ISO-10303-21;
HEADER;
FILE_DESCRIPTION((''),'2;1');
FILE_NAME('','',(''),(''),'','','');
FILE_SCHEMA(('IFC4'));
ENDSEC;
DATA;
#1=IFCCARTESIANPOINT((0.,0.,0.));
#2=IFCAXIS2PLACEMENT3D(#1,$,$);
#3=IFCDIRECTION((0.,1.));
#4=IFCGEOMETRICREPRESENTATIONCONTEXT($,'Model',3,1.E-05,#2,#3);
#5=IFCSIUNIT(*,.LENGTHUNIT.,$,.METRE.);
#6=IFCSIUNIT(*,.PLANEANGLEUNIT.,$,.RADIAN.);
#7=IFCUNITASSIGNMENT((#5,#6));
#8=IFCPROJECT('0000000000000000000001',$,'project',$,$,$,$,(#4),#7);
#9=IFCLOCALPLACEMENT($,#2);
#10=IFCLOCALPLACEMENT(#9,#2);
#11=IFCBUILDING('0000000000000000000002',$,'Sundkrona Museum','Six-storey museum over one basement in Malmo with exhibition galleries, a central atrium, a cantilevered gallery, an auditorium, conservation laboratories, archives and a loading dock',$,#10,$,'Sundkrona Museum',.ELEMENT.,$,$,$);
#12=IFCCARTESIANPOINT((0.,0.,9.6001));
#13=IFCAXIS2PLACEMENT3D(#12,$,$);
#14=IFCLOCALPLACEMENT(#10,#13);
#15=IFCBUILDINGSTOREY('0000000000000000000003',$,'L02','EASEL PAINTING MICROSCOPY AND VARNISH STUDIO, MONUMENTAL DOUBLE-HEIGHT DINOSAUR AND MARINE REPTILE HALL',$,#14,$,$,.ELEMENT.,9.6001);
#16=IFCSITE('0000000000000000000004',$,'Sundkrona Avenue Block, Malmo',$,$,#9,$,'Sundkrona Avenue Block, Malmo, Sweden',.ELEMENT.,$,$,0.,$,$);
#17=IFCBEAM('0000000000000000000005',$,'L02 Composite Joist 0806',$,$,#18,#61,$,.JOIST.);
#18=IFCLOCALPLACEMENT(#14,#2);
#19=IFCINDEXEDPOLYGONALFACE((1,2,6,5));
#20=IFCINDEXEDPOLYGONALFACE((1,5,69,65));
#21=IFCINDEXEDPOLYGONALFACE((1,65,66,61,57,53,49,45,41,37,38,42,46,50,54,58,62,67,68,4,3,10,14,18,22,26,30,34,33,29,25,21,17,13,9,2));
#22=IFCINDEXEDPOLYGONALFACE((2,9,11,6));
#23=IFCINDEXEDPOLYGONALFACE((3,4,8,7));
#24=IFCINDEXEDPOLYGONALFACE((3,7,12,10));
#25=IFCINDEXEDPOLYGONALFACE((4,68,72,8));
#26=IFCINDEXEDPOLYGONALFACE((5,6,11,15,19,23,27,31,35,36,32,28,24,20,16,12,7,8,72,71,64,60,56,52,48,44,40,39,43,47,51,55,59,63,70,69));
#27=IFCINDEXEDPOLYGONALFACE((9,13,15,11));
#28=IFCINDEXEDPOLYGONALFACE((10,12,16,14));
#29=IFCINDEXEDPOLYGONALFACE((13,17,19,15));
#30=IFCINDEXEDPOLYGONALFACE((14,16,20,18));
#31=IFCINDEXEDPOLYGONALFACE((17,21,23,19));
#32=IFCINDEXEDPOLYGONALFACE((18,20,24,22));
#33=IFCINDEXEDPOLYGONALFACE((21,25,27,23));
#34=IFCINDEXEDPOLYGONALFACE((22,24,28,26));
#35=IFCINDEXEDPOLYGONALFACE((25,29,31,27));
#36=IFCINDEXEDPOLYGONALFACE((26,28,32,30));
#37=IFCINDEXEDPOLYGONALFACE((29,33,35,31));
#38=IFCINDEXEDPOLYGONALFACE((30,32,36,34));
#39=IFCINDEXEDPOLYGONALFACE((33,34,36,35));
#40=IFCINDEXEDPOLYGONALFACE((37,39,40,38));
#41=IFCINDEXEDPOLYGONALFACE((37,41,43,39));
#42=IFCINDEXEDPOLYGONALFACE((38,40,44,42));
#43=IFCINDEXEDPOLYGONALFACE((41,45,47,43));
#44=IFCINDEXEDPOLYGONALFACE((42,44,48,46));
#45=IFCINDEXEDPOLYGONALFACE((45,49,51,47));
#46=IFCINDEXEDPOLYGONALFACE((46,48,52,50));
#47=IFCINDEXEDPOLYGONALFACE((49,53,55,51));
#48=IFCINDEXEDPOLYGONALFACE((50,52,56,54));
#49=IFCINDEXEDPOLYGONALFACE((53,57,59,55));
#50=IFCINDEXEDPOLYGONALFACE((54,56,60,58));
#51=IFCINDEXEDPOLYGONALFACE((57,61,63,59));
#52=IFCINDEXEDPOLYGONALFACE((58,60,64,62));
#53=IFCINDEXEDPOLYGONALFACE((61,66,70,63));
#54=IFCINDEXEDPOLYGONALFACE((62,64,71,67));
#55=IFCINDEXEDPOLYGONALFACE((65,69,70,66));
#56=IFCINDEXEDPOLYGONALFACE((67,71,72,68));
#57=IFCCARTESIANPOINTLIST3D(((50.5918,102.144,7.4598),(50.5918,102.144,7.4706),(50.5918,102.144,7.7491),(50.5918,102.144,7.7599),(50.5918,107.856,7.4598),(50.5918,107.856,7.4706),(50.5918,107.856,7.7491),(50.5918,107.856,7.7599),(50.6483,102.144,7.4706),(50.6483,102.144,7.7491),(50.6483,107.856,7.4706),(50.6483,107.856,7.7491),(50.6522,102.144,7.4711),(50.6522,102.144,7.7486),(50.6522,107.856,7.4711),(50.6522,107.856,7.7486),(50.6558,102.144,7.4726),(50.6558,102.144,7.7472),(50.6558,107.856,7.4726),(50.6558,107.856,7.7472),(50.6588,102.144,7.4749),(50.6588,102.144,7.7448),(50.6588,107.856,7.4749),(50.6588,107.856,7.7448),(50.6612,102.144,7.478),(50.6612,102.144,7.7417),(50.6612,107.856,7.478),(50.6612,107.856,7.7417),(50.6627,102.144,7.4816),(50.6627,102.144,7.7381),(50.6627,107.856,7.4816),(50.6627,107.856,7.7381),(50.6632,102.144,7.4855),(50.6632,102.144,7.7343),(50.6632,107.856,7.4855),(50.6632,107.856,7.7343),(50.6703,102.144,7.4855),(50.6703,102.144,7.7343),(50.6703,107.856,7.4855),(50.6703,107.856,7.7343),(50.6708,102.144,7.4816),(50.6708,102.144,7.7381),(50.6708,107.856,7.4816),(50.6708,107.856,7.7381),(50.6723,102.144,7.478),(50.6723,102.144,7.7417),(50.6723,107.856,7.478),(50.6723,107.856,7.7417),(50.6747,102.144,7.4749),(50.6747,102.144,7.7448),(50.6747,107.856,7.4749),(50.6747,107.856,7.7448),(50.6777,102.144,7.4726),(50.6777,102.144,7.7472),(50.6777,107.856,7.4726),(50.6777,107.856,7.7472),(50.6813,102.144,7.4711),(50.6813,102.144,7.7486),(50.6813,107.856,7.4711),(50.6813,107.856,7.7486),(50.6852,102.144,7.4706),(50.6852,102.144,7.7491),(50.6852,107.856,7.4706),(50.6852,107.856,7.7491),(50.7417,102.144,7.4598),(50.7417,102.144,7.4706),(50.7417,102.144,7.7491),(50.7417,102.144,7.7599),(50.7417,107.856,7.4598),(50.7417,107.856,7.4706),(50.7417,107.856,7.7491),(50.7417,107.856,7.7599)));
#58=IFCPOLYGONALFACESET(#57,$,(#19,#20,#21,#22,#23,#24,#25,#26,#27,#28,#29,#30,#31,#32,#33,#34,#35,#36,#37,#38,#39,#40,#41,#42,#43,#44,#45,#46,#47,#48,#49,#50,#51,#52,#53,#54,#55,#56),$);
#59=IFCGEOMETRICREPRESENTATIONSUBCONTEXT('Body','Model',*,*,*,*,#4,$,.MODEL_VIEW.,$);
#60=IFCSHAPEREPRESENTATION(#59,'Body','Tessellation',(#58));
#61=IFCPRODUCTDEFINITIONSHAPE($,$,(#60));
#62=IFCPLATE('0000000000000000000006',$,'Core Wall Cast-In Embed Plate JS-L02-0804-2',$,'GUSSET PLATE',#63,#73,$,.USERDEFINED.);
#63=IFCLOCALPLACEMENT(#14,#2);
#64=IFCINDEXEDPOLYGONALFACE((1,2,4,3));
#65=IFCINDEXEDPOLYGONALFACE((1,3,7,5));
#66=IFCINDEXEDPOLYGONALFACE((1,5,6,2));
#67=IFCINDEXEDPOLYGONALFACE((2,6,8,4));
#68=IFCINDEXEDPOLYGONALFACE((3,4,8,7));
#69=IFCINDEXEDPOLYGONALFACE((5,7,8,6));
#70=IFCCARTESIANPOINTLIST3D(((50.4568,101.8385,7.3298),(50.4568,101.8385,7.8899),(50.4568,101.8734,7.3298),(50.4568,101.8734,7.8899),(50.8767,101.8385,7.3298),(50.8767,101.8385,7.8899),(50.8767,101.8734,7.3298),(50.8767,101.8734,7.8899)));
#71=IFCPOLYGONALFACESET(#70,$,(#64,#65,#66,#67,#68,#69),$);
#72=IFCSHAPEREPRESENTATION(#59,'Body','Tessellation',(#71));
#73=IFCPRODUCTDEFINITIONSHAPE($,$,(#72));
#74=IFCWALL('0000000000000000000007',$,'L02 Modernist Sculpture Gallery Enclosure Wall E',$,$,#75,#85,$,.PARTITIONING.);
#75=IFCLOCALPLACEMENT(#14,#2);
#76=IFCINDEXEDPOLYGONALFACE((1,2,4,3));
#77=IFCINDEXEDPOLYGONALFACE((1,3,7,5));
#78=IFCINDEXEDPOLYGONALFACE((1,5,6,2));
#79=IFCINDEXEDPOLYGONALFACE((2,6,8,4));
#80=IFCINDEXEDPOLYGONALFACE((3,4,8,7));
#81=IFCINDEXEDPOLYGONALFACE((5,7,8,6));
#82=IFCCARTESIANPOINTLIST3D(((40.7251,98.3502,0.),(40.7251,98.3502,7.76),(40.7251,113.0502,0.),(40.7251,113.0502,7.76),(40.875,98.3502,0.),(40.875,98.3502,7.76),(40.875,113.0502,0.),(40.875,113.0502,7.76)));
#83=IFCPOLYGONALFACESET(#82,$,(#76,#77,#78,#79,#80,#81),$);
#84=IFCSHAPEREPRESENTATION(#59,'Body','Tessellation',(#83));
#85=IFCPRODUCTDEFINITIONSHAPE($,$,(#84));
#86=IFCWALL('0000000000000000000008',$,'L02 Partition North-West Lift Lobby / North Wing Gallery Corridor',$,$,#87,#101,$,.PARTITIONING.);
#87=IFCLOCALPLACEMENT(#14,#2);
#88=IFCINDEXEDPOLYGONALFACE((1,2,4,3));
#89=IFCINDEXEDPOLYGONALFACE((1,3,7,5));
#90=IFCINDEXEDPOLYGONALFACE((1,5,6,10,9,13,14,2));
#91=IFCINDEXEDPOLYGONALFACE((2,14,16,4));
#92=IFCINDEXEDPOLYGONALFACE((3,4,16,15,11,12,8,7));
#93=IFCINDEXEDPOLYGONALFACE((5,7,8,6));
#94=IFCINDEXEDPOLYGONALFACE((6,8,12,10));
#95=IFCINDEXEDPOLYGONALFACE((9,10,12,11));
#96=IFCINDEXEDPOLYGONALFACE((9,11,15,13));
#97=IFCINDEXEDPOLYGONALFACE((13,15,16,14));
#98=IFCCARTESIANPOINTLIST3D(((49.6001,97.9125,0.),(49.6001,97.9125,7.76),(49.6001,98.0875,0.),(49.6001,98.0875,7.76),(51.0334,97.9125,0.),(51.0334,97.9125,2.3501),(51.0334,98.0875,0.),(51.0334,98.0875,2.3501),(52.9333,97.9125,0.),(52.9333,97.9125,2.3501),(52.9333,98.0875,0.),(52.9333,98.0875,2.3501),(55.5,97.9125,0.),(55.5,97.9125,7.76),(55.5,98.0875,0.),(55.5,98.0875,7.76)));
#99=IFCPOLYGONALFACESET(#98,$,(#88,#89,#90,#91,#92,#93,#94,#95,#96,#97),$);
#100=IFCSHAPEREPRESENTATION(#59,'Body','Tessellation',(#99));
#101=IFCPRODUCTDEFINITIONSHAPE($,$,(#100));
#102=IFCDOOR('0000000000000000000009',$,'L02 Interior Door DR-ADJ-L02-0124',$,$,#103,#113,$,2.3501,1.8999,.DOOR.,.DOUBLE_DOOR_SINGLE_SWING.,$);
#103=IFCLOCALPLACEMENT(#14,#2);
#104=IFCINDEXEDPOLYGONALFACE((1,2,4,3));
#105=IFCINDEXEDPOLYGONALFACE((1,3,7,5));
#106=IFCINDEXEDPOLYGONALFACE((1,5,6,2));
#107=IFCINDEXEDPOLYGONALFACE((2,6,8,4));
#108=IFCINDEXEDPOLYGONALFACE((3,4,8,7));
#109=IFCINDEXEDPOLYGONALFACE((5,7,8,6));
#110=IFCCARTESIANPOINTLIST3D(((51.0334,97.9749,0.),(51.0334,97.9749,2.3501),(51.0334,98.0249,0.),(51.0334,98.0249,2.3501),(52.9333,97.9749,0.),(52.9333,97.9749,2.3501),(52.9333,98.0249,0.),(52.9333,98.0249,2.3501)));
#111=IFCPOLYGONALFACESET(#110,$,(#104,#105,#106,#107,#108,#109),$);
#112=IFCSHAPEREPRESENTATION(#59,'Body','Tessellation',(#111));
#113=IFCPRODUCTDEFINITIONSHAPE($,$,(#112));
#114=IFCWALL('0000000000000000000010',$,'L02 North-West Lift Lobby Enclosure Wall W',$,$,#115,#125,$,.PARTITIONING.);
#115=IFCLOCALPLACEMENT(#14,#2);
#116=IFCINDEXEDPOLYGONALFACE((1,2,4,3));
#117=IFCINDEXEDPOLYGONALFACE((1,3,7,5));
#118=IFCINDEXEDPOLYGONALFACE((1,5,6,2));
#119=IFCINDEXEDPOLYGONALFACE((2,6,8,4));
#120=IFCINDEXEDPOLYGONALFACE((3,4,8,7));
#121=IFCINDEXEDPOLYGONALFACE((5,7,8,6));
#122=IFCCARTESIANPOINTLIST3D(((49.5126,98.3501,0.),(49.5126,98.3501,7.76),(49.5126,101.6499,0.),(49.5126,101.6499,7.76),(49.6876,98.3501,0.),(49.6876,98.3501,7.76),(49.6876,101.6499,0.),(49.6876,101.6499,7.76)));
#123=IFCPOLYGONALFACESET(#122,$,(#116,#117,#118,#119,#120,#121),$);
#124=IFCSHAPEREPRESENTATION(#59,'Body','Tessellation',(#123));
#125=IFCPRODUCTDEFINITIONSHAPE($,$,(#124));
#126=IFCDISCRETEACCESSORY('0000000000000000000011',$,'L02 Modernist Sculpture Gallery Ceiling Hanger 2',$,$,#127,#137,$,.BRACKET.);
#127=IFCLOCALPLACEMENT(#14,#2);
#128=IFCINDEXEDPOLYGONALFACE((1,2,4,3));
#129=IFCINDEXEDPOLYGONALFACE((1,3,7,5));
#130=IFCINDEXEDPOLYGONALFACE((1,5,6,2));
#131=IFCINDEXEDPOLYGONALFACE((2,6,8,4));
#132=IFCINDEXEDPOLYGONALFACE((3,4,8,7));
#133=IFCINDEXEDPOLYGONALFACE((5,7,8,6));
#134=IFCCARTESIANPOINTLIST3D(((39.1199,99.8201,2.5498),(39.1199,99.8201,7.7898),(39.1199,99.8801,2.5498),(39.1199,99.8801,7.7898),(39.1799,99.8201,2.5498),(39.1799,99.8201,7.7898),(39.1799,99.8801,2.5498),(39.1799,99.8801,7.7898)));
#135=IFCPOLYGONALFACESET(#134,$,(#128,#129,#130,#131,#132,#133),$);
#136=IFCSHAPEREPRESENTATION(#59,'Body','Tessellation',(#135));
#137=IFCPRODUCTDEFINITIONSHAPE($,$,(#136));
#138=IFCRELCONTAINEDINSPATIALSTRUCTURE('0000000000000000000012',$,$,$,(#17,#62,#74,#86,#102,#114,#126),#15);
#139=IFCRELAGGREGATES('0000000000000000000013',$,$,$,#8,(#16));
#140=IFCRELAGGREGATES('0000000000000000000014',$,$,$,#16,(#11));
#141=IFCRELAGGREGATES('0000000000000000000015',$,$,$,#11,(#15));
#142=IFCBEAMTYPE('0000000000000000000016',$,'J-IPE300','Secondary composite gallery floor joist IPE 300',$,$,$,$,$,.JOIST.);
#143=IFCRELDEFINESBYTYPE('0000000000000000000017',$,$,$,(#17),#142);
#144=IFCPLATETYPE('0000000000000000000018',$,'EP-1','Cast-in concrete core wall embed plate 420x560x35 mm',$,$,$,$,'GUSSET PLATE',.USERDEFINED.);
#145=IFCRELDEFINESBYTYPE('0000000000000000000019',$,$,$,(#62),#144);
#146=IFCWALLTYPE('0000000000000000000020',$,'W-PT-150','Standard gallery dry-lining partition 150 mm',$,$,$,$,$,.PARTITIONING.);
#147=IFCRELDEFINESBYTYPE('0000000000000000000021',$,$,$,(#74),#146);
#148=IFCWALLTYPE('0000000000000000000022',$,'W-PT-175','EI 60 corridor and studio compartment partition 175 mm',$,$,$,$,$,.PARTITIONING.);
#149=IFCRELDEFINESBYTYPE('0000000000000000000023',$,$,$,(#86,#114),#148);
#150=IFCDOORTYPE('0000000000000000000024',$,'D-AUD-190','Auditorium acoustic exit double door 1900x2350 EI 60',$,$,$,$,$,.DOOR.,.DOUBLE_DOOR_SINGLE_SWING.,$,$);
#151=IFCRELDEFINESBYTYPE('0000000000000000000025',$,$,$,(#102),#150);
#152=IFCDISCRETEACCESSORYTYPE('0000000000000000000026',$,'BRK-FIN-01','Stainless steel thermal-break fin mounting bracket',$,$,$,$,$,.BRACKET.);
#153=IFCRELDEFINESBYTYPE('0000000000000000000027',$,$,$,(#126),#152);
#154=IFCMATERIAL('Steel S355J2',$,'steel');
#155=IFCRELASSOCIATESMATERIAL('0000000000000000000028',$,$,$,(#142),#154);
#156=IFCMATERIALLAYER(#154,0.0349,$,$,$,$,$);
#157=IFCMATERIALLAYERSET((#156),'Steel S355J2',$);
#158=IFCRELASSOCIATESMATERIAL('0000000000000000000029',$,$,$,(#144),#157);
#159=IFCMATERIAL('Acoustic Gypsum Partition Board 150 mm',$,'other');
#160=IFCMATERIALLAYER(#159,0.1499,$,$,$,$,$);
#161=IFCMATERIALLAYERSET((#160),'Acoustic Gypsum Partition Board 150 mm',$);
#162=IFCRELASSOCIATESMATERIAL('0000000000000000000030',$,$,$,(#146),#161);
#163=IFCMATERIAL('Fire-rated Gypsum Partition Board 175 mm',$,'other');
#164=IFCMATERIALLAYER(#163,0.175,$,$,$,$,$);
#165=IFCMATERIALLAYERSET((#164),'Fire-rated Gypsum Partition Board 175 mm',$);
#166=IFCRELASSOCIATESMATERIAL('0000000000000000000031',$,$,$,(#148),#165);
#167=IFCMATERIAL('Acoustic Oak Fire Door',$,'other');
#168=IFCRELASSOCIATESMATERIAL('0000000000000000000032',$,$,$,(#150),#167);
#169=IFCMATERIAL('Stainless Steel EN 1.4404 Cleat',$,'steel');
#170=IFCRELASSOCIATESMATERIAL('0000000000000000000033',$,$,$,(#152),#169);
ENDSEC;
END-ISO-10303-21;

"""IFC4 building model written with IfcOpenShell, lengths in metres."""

from ifc_helpers import new_model, si_unit, direction, frame, frame_2d, origin, origin_2d, place, context, subcontext, project, spatial, rectangle, i_section, extrude, material, layer, layer_set, material_profile, profile_set, type_object, element, fill, save


model = new_model("IFC4")

# Units and contexts
model_context = context("Model", 3, precision=1e-05, world=origin(), true_north=direction((0.0, 1.0)))
body_context = subcontext(model_context, "Body", "Model", "MODEL_VIEW")
ifc_project = project(units=[si_unit("LENGTHUNIT", "METRE"), si_unit("PLANEANGLEUNIT", "RADIAN")], contexts=[model_context])

# Site, building, storey
site_placement = place(None, origin())
site = spatial("IfcSite", under=ifc_project, at=site_placement, Name="Sundkrona Avenue Block, Malmo", LongName="Sundkrona Avenue Block, Malmo, Sweden", CompositionType="ELEMENT", RefElevation=0.0)
building_placement = place(site_placement, origin())
building = spatial("IfcBuilding", under=site, at=building_placement, Name="Sundkrona Museum", Description="Six-storey museum over one basement in Malmo with exhibition galleries, a central atrium, a cantilevered gallery, an auditorium, conservation laboratories, archives and a loading dock", LongName="Sundkrona Museum", CompositionType="ELEMENT")
storey_placement = place(building_placement, frame((0.0, 0.0, 9.6001)))
storey = spatial("IfcBuildingStorey", under=building, at=storey_placement, Name="L02", Description="EASEL PAINTING MICROSCOPY AND VARNISH STUDIO, MONUMENTAL DOUBLE-HEIGHT DINOSAUR AND MARINE REPTILE HALL", CompositionType="ELEMENT", Elevation=9.6001)

# Shared definitions
ifc_material_1 = material(Name="Steel S355J2", Category="steel")

# Beam
ifc_material_profile_1 = material_profile(ifc_material_1, i_section(OverallWidth=0.1499, OverallDepth=0.3, WebThickness=0.0071, FlangeThickness=0.0107, FilletRadius=0.0149, at=origin_2d()), Name="IPE 300")
ifc_profile_set_1 = profile_set([ifc_material_profile_1], Name="Steel S355J2")
beam_type_1 = type_object("IfcBeamType", Name="J-IPE300", Description="Secondary composite gallery floor joist IPE 300", PredefinedType="JOIST", material=ifc_profile_set_1)
beam_1_placement = place(storey_placement, frame((50.6667, 102.144, 7.6099), z_axis=(0.0, 1.0, 0.0), x_axis=(-1.0, 0.0, 0.0)))
element("IfcBeam", 1, at=beam_1_placement, inside=storey, type_object=beam_type_1, Name="L02 Composite Joist 0806", PredefinedType="JOIST", context=body_context, shape_type="SweptSolid", body=[
    extrude(i_section(OverallWidth=0.1499, OverallDepth=0.3, WebThickness=0.0071, FlangeThickness=0.0107, FilletRadius=0.0149, at=origin_2d()), origin(), (0.0, 0.0, 1.0), 5.7119),
])

# Plate
ifc_layer_1 = layer(ifc_material_1, 0.0349)
ifc_layer_set_1 = layer_set([ifc_layer_1], Name="Steel S355J2")
plate_type = type_object("IfcPlateType", Name="EP-1", Description="Cast-in concrete core wall embed plate 420x560x35 mm", ElementType="GUSSET PLATE", PredefinedType="USERDEFINED", material=ifc_layer_set_1)
plate_placement = place(storey_placement, frame((50.6667, 101.856, 7.3298), z_axis=(0.0, 0.0, 1.0), x_axis=(1.0, 0.0, 0.0)))
element("IfcPlate", 2, at=plate_placement, inside=storey, type_object=plate_type, Name="Core Wall Cast-In Embed Plate JS-L02-0804-2", ObjectType="GUSSET PLATE", PredefinedType="USERDEFINED", context=body_context, shape_type="SweptSolid", body=[
    extrude(rectangle(XDim=0.4199, YDim=0.0349, at=origin_2d()), origin(), (0.0, 0.0, 1.0), 0.5601),
])

# Wall
ifc_material_2 = material(Name="Acoustic Gypsum Partition Board 150 mm", Category="other")
ifc_layer_2 = layer(ifc_material_2, 0.1499)
ifc_layer_set_2 = layer_set([ifc_layer_2], Name="Acoustic Gypsum Partition Board 150 mm")
wall_type_1 = type_object("IfcWallType", Name="W-PT-150", Description="Standard gallery dry-lining partition 150 mm", PredefinedType="PARTITIONING", material=ifc_layer_set_2)
wall_1_placement = place(storey_placement, frame((40.8, 98.3501, 0.0), z_axis=(0.0, 0.0, 1.0), x_axis=(0.0, 1.0, 0.0)))
element("IfcWall", 3, at=wall_1_placement, inside=storey, type_object=wall_type_1, Name="L02 Modernist Sculpture Gallery Enclosure Wall E", PredefinedType="PARTITIONING", context=body_context, shape_type="SweptSolid", body=[
    extrude(rectangle(XDim=14.7, YDim=0.1499, at=frame_2d((7.3501, 0.0))), origin(), (0.0, 0.0, 1.0), 7.76),
])

# Wall, opening, door
ifc_material_3 = material(Name="Fire-rated Gypsum Partition Board 175 mm", Category="other")
ifc_layer_3 = layer(ifc_material_3, 0.175)
ifc_layer_set_3 = layer_set([ifc_layer_3], Name="Fire-rated Gypsum Partition Board 175 mm")
wall_type_2 = type_object("IfcWallType", Name="W-PT-175", Description="EI 60 corridor and studio compartment partition 175 mm", PredefinedType="PARTITIONING", material=ifc_layer_set_3)
wall_2_placement = place(storey_placement, frame((49.6001, 98.0, 0.0), z_axis=(0.0, 0.0, 1.0), x_axis=(1.0, 0.0, 0.0)))
wall_2 = element("IfcWall", 4, at=wall_2_placement, inside=storey, type_object=wall_type_2, Name="L02 Partition North-West Lift Lobby / North Wing Gallery Corridor", PredefinedType="PARTITIONING", context=body_context, shape_type="SweptSolid", body=[
    extrude(rectangle(XDim=5.8999, YDim=0.175, at=frame_2d((2.95, 0.0))), origin(), (0.0, 0.0, 1.0), 7.76),
])
opening_1_placement = place(wall_2_placement, frame((1.4333, 0.0, 0.0)))
opening_1 = element("IfcOpeningElement", 5, at=opening_1_placement, cuts=wall_2, PredefinedType="OPENING", context=body_context, shape_type="SweptSolid", body=[
    extrude(rectangle(XDim=1.8999, YDim=2.3501, at=frame_2d((0.95, 1.175))), frame((0.0, 0.0974, 0.0), z_axis=(0.0, -1.0, 0.0), x_axis=(1.0, 0.0, 0.0)), (0.0, 0.0, 1.0), 0.1951),
])
ifc_material_4 = material(Name="Acoustic Oak Fire Door", Category="other")
door_type_1 = type_object("IfcDoorType", Name="D-AUD-190", Description="Auditorium acoustic exit double door 1900x2350 EI 60", OperationType="DOUBLE_DOOR_SINGLE_SWING", PredefinedType="DOOR", material=ifc_material_4)
door_1_placement = place(opening_1_placement, origin())
door_1 = element("IfcDoor", 6, at=door_1_placement, inside=storey, type_object=door_type_1, Name="L02 Interior Door DR-ADJ-L02-0124", OperationType="DOUBLE_DOOR_SINGLE_SWING", OverallHeight=2.3501, OverallWidth=1.8999, PredefinedType="DOOR", context=body_context, shape_type="SweptSolid", body=[
    extrude(rectangle(XDim=1.8999, YDim=2.3501, at=frame_2d((0.95, 1.175))), frame((0.0, 0.0249, 0.0), z_axis=(0.0, -1.0, 0.0), x_axis=(1.0, 0.0, 0.0)), (0.0, 0.0, 1.0), 0.05),
])
fill(opening_1, door_1)

# Wall
wall_3_placement = place(storey_placement, frame((49.6001, 98.3501, 0.0), z_axis=(0.0, 0.0, 1.0), x_axis=(0.0, 1.0, 0.0)))
element("IfcWall", 7, at=wall_3_placement, inside=storey, type_object=wall_type_2, Name="L02 North-West Lift Lobby Enclosure Wall W", PredefinedType="PARTITIONING", context=body_context, shape_type="SweptSolid", body=[
    extrude(rectangle(XDim=3.2998, YDim=0.175, at=frame_2d((1.6499, 0.0))), origin(), (0.0, 0.0, 1.0), 7.76),
])

# Discrete accessory
ifc_material_5 = material(Name="Stainless Steel EN 1.4404 Cleat", Category="steel")
discrete_accessory_type = type_object("IfcDiscreteAccessoryType", Name="BRK-FIN-01", Description="Stainless steel thermal-break fin mounting bracket", PredefinedType="BRACKET", material=ifc_material_5)
discrete_accessory_placement = place(storey_placement, frame((39.1499, 99.8501, 2.5498), z_axis=(0.0, 0.0, 1.0), x_axis=(1.0, 0.0, 0.0)))
element("IfcDiscreteAccessory", 8, at=discrete_accessory_placement, inside=storey, type_object=discrete_accessory_type, Name="L02 Modernist Sculpture Gallery Ceiling Hanger 2", PredefinedType="BRACKET", context=body_context, shape_type="SweptSolid", body=[
    extrude(rectangle(XDim=0.0601, YDim=0.0601, at=origin_2d()), origin(), (0.0, 0.0, 1.0), 5.24),
])

save(model, "model.ifc")
